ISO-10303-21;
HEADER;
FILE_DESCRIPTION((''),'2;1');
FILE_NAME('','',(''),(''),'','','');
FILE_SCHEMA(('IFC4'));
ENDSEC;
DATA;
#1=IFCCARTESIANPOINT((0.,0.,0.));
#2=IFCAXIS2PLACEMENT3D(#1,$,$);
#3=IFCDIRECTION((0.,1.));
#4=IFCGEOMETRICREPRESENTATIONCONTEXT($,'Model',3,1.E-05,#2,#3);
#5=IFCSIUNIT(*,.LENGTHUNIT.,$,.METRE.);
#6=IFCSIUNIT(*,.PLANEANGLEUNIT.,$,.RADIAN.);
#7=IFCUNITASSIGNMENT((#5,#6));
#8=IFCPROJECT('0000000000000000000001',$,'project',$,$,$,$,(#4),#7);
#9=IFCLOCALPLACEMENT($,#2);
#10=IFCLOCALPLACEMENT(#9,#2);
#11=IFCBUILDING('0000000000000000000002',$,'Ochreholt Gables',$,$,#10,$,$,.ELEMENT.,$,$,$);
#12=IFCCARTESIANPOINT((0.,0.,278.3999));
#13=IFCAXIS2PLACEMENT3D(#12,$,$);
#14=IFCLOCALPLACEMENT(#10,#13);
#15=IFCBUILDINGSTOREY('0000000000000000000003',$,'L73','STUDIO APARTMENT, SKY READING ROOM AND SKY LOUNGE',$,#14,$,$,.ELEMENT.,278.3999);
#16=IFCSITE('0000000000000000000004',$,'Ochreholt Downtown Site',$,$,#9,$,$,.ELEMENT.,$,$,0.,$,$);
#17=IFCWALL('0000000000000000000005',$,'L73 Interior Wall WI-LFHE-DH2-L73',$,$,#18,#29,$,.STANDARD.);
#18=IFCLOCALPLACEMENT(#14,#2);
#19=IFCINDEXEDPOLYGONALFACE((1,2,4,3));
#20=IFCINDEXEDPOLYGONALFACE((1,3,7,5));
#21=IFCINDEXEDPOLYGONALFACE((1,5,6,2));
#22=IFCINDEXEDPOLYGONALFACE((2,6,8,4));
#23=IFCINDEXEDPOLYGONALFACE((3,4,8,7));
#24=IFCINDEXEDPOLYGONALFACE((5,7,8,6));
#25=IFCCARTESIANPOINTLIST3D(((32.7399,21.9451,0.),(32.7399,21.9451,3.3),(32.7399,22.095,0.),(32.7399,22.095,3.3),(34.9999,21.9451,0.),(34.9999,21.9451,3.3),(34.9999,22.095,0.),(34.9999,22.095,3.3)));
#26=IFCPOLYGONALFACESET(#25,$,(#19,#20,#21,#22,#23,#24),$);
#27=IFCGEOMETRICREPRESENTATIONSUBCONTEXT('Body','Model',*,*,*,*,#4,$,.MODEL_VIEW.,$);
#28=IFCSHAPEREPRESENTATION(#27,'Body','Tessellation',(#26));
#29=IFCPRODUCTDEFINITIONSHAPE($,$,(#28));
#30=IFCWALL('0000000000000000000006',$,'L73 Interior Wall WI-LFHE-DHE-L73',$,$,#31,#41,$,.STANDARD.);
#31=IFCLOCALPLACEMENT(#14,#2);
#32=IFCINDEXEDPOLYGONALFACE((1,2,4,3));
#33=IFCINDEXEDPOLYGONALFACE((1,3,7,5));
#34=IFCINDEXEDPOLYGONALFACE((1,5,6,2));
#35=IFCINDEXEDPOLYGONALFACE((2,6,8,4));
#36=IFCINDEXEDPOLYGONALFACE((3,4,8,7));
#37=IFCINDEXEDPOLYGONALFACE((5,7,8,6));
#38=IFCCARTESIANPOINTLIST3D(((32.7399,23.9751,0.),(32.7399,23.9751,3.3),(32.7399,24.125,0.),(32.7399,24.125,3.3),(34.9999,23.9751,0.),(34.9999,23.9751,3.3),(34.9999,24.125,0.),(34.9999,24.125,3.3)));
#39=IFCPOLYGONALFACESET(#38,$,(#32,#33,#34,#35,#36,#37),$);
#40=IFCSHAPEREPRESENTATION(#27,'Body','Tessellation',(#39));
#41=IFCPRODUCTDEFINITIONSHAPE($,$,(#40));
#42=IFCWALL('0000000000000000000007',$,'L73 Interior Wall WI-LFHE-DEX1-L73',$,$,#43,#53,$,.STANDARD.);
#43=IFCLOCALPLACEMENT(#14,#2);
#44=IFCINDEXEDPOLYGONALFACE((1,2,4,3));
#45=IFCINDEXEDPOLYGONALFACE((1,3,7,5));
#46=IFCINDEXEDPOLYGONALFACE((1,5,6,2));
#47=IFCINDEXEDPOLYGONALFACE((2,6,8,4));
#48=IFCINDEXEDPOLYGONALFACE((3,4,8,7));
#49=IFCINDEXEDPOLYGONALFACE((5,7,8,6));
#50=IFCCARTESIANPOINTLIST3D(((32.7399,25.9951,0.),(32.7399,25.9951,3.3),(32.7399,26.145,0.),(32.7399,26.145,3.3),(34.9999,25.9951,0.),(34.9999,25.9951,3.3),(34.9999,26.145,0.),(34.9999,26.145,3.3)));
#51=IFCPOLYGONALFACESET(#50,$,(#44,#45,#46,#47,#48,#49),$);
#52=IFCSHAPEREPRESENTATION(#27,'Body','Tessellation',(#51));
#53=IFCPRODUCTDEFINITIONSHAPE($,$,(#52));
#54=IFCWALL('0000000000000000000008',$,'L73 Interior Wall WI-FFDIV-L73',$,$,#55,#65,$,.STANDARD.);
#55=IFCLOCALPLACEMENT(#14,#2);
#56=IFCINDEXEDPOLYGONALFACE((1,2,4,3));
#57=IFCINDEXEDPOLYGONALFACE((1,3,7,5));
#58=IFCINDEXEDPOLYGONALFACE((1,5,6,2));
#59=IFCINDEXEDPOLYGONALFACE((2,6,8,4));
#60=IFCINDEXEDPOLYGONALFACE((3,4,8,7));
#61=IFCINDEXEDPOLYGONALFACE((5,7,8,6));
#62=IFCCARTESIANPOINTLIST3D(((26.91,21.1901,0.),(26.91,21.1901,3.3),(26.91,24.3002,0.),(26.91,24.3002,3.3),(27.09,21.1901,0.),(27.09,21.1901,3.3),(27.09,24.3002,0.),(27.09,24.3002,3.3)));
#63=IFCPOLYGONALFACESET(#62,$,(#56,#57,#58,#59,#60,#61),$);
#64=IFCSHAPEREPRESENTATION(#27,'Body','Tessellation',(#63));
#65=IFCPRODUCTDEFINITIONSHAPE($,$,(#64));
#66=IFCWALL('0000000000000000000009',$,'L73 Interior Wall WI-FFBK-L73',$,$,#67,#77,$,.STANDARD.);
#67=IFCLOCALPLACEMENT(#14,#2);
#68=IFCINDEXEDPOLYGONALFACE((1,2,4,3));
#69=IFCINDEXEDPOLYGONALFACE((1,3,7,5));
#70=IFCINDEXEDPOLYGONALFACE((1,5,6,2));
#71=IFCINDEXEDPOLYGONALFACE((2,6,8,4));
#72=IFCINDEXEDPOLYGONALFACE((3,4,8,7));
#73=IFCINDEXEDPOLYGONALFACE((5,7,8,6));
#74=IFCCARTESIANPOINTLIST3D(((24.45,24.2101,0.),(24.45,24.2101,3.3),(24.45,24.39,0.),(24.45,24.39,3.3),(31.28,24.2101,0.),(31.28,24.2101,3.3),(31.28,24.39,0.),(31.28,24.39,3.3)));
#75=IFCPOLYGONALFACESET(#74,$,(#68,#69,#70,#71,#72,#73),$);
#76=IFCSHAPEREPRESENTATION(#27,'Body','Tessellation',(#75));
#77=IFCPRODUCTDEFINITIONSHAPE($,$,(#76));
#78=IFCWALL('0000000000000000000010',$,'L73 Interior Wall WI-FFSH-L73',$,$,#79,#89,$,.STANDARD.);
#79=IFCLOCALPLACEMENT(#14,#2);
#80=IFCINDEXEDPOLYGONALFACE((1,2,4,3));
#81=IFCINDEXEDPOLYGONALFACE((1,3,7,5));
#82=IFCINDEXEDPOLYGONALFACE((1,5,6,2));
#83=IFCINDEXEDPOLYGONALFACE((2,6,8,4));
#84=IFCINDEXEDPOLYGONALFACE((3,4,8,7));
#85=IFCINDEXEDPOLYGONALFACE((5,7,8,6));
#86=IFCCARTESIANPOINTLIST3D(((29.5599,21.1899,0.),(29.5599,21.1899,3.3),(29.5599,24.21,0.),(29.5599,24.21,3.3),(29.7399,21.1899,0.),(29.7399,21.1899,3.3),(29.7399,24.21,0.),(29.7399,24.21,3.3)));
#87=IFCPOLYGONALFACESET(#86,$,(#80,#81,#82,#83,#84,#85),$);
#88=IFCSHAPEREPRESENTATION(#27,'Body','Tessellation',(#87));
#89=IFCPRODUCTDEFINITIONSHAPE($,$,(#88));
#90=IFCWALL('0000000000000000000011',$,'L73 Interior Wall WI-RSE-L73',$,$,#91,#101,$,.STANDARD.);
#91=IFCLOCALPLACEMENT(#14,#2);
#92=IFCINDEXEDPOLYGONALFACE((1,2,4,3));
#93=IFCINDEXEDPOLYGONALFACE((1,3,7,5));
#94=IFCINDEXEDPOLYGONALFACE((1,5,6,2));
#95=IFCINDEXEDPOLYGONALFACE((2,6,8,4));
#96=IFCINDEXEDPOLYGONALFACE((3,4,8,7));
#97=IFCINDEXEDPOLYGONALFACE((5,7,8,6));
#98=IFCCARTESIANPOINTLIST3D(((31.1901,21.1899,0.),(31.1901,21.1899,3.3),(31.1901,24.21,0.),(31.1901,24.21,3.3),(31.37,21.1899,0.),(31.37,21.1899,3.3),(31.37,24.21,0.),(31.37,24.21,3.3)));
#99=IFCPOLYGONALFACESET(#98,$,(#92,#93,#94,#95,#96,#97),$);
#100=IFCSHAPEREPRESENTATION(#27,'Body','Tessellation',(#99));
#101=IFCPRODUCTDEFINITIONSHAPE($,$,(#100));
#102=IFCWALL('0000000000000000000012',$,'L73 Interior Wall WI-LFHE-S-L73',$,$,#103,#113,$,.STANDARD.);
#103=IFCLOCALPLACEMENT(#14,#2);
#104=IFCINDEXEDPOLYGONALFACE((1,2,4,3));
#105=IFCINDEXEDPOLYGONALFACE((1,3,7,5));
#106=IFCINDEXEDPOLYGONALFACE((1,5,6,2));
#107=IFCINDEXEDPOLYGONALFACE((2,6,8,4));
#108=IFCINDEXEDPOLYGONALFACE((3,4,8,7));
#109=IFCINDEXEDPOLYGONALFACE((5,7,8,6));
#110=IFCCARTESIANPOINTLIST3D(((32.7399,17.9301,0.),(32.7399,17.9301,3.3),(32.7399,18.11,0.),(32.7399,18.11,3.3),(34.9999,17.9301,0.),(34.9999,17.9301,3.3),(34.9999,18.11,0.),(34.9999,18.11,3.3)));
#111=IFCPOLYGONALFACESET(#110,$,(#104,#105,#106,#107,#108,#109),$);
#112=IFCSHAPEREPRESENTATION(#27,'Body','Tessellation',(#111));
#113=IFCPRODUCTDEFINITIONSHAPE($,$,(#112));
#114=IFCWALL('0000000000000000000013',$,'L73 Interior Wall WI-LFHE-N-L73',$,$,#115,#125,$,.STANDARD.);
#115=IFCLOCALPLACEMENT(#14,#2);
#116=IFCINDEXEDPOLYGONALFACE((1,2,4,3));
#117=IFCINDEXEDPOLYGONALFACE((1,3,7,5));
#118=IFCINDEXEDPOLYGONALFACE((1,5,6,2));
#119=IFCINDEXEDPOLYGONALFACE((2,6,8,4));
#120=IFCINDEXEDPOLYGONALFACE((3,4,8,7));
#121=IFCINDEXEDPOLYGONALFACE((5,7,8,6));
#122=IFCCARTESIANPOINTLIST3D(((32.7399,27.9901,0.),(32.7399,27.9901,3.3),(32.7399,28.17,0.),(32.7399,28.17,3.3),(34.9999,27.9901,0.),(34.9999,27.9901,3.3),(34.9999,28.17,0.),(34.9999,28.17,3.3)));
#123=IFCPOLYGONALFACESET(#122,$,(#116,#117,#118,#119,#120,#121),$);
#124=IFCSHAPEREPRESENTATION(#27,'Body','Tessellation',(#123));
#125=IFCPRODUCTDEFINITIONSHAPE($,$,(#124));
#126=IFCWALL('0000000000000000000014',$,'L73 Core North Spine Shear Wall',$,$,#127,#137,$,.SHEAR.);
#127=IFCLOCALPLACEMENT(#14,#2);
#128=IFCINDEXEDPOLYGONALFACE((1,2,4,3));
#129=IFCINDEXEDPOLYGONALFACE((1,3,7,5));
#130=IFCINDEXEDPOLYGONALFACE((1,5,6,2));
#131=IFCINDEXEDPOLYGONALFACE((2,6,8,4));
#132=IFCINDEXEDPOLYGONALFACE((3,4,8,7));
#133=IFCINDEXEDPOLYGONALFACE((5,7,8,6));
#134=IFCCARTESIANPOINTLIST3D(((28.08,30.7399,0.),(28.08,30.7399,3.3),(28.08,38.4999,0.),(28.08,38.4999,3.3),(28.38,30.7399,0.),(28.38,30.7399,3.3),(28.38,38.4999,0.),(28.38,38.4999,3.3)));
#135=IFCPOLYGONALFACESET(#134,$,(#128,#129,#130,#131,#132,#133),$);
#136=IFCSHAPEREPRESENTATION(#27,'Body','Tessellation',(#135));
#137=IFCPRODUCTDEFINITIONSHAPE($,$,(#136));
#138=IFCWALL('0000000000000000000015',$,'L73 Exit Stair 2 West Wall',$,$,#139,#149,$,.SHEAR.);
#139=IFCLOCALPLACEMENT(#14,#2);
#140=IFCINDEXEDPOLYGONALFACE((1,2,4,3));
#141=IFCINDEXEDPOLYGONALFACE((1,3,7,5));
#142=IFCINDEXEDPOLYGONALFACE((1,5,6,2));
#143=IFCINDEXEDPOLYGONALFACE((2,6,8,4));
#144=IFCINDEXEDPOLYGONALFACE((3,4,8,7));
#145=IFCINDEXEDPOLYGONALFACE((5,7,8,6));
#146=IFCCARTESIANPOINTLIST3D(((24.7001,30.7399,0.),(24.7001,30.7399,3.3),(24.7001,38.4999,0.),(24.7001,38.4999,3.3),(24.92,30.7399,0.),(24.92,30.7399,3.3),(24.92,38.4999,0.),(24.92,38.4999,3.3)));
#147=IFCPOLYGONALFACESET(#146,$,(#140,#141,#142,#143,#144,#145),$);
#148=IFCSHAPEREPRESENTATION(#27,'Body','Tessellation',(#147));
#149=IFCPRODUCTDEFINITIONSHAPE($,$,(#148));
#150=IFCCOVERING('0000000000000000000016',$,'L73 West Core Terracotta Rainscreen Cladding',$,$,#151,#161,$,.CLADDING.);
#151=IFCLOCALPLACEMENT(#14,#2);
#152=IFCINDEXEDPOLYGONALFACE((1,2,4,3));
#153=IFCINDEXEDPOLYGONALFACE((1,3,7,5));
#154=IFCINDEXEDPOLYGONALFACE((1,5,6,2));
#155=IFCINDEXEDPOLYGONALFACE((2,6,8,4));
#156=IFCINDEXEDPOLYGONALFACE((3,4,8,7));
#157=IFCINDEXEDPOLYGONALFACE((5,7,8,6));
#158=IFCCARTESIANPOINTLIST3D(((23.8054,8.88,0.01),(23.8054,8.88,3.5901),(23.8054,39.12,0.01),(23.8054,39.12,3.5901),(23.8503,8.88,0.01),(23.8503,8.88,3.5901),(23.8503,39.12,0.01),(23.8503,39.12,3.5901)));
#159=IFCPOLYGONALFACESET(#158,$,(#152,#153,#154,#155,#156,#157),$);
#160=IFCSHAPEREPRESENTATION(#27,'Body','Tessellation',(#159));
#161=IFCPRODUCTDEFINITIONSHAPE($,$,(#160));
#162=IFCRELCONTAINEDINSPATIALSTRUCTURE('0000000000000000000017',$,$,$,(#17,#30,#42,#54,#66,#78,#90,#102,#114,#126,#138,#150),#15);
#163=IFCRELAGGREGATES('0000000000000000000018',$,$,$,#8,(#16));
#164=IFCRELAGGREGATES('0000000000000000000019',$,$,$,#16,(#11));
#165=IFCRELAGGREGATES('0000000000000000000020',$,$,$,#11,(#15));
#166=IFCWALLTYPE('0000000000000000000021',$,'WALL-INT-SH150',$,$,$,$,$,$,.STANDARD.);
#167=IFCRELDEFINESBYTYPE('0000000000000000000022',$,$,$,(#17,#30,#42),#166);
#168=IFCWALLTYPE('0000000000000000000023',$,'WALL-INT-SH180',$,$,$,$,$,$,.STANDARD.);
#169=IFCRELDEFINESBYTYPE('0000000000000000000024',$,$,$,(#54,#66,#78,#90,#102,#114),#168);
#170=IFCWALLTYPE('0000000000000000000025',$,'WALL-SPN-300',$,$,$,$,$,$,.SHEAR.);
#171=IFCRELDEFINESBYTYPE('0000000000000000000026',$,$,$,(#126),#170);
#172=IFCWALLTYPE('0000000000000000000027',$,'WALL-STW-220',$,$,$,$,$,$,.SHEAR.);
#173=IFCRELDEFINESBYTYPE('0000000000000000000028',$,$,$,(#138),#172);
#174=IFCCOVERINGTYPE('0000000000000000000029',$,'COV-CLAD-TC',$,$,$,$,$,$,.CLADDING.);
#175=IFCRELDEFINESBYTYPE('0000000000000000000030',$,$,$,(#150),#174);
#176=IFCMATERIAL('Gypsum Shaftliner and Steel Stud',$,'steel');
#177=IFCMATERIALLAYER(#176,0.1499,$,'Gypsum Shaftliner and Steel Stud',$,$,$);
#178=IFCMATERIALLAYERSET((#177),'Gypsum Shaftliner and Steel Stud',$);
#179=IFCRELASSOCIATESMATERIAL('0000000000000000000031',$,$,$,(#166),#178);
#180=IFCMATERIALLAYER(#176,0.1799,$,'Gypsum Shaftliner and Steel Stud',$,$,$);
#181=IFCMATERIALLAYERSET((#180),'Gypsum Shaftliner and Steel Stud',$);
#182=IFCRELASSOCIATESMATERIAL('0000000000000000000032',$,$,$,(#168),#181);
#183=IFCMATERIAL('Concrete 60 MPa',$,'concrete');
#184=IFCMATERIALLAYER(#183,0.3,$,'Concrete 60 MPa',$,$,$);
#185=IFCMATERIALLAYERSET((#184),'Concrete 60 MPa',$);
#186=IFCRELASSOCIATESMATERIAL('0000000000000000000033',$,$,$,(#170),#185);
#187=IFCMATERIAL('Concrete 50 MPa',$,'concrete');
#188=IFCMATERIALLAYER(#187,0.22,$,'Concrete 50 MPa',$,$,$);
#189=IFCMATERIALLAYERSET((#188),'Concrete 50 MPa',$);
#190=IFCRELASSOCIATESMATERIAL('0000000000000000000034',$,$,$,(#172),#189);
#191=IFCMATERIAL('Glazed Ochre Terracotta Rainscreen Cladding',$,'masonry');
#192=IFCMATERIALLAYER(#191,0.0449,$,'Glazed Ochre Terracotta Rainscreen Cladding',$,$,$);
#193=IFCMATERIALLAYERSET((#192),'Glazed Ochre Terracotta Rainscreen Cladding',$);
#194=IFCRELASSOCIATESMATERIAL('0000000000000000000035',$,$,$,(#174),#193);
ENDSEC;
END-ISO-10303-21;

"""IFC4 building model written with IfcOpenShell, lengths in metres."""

from ifc_helpers import new_model, si_unit, direction, frame, frame_2d, origin, origin_2d, place, context, subcontext, project, spatial, rectangle, extrude, material, layer, layer_set, type_object, element, save


model = new_model("IFC4")

# Units and contexts
model_context = context("Model", 3, precision=1e-05, world=origin(), true_north=direction((0.0, 1.0)))
body_context = subcontext(model_context, "Body", "Model", "MODEL_VIEW")
ifc_project = project(units=[si_unit("LENGTHUNIT", "METRE"), si_unit("PLANEANGLEUNIT", "RADIAN")], contexts=[model_context])

# Site, building, storey
site_placement = place(None, origin())
site = spatial("IfcSite", under=ifc_project, at=site_placement, Name="Ochreholt Downtown Site", CompositionType="ELEMENT", RefElevation=0.0)
building_placement = place(site_placement, origin())
building = spatial("IfcBuilding", under=site, at=building_placement, Name="Ochreholt Gables", CompositionType="ELEMENT")
storey_placement = place(building_placement, frame((0.0, 0.0, 278.3999)))
storey = spatial("IfcBuildingStorey", under=building, at=storey_placement, Name="L73", Description="STUDIO APARTMENT, SKY READING ROOM AND SKY LOUNGE", CompositionType="ELEMENT", Elevation=278.3999)

# Shared definitions
ifc_material_1 = material(Name="Concrete 50 MPa", Category="concrete")

# Walls
ifc_material_2 = material(Name="Gypsum Shaftliner and Steel Stud", Category="steel")
ifc_layer_1 = layer(ifc_material_2, 0.1499, Name="Gypsum Shaftliner and Steel Stud")
ifc_layer_set_1 = layer_set([ifc_layer_1], Name="Gypsum Shaftliner and Steel Stud")
wall_type_1 = type_object("IfcWallType", Name="WALL-INT-SH150", PredefinedType="STANDARD", material=ifc_layer_set_1)
for number, where, z_axis, x_axis, name in (
    (1, (32.74, 22.02, 0.0), (0.0, 0.0, 1.0), (1.0, 0.0, 0.0), "L73 Interior Wall WI-LFHE-DH2-L73"),
    (2, (32.74, 24.05, 0.0), (0.0, 0.0, 1.0), (1.0, 0.0, 0.0), "L73 Interior Wall WI-LFHE-DHE-L73"),
    (3, (32.74, 26.0701, 0.0), (0.0, 0.0, 1.0), (1.0, 0.0, 0.0), "L73 Interior Wall WI-LFHE-DEX1-L73"),
):
    element("IfcWall", number, at=place(storey_placement, frame(where, z_axis=z_axis, x_axis=x_axis)), inside=storey, type_object=wall_type_1, Name=name, PredefinedType="STANDARD", context=body_context, shape_type="SweptSolid", body=[
        extrude(rectangle(XDim=2.26, YDim=0.1499, at=frame_2d((1.1299, 0.0))), origin(), (0.0, 0.0, 1.0), 3.3),
    ])
ifc_layer_2 = layer(ifc_material_2, 0.1799, Name="Gypsum Shaftliner and Steel Stud")
ifc_layer_set_2 = layer_set([ifc_layer_2], Name="Gypsum Shaftliner and Steel Stud")
wall_type_2 = type_object("IfcWallType", Name="WALL-INT-SH180", PredefinedType="STANDARD", material=ifc_layer_set_2)
wall_1_placement = place(storey_placement, frame((27.0, 21.1899, 0.0), z_axis=(0.0, 0.0, 1.0), x_axis=(0.0, 1.0, 0.0)))
element("IfcWall", 4, at=wall_1_placement, inside=storey, type_object=wall_type_2, Name="L73 Interior Wall WI-FFDIV-L73", PredefinedType="STANDARD", context=body_context, shape_type="SweptSolid", body=[
    extrude(rectangle(XDim=3.1101, YDim=0.1799, at=frame_2d((1.5552, 0.0))), origin(), (0.0, 0.0, 1.0), 3.3),
])
wall_2_placement = place(storey_placement, frame((24.45, 24.3, 0.0), z_axis=(0.0, 0.0, 1.0), x_axis=(1.0, 0.0, 0.0)))
element("IfcWall", 5, at=wall_2_placement, inside=storey, type_object=wall_type_2, Name="L73 Interior Wall WI-FFBK-L73", PredefinedType="STANDARD", context=body_context, shape_type="SweptSolid", body=[
    extrude(rectangle(XDim=6.8301, YDim=0.1799, at=frame_2d((3.415, 0.0))), origin(), (0.0, 0.0, 1.0), 3.3),
])
for number, where, z_axis, x_axis, name in (
    (6, (29.6499, 21.1899, 0.0), (0.0, 0.0, 1.0), (0.0, 1.0, 0.0), "L73 Interior Wall WI-FFSH-L73"),
    (7, (31.28, 21.1899, 0.0), (0.0, 0.0, 1.0), (0.0, 1.0, 0.0), "L73 Interior Wall WI-RSE-L73"),
):
    element("IfcWall", number, at=place(storey_placement, frame(where, z_axis=z_axis, x_axis=x_axis)), inside=storey, type_object=wall_type_2, Name=name, PredefinedType="STANDARD", context=body_context, shape_type="SweptSolid", body=[
        extrude(rectangle(XDim=3.02, YDim=0.1799, at=frame_2d((1.51, 0.0))), origin(), (0.0, 0.0, 1.0), 3.3),
    ])
for number, where, z_axis, x_axis, name in (
    (8, (32.74, 18.02, 0.0), (0.0, 0.0, 1.0), (1.0, 0.0, 0.0), "L73 Interior Wall WI-LFHE-S-L73"),
    (9, (32.74, 28.0801, 0.0), (0.0, 0.0, 1.0), (1.0, 0.0, 0.0), "L73 Interior Wall WI-LFHE-N-L73"),
):
    element("IfcWall", number, at=place(storey_placement, frame(where, z_axis=z_axis, x_axis=x_axis)), inside=storey, type_object=wall_type_2, Name=name, PredefinedType="STANDARD", context=body_context, shape_type="SweptSolid", body=[
        extrude(rectangle(XDim=2.26, YDim=0.1799, at=frame_2d((1.1299, 0.0))), origin(), (0.0, 0.0, 1.0), 3.3),
    ])
ifc_material_3 = material(Name="Concrete 60 MPa", Category="concrete")
ifc_layer_3 = layer(ifc_material_3, 0.3, Name="Concrete 60 MPa")
ifc_layer_set_3 = layer_set([ifc_layer_3], Name="Concrete 60 MPa")
wall_type_3 = type_object("IfcWallType", Name="WALL-SPN-300", PredefinedType="SHEAR", material=ifc_layer_set_3)
wall_3_placement = place(storey_placement, frame((28.23, 30.74, 0.0), z_axis=(0.0, 0.0, 1.0), x_axis=(0.0, 1.0, 0.0)))
element("IfcWall", 10, at=wall_3_placement, inside=storey, type_object=wall_type_3, Name="L73 Core North Spine Shear Wall", PredefinedType="SHEAR", context=body_context, shape_type="SweptSolid", body=[
    extrude(rectangle(XDim=7.76, YDim=0.3, at=frame_2d((3.8799, 0.0))), origin(), (0.0, 0.0, 1.0), 3.3),
])
ifc_layer_4 = layer(ifc_material_1, 0.22, Name="Concrete 50 MPa")
ifc_layer_set_4 = layer_set([ifc_layer_4], Name="Concrete 50 MPa")
wall_type_4 = type_object("IfcWallType", Name="WALL-STW-220", PredefinedType="SHEAR", material=ifc_layer_set_4)
wall_4_placement = place(storey_placement, frame((24.8101, 30.74, 0.0), z_axis=(0.0, 0.0, 1.0), x_axis=(0.0, 1.0, 0.0)))
element("IfcWall", 11, at=wall_4_placement, inside=storey, type_object=wall_type_4, Name="L73 Exit Stair 2 West Wall", PredefinedType="SHEAR", context=body_context, shape_type="SweptSolid", body=[
    extrude(rectangle(XDim=7.76, YDim=0.22, at=frame_2d((3.8799, 0.0))), origin(), (0.0, 0.0, 1.0), 3.3),
])

# Covering
ifc_material_4 = material(Name="Glazed Ochre Terracotta Rainscreen Cladding", Category="masonry")
ifc_layer_5 = layer(ifc_material_4, 0.0449, Name="Glazed Ochre Terracotta Rainscreen Cladding")
ifc_layer_set_5 = layer_set([ifc_layer_5], Name="Glazed Ochre Terracotta Rainscreen Cladding")
covering_type = type_object("IfcCoveringType", Name="COV-CLAD-TC", PredefinedType="CLADDING", material=ifc_layer_set_5)
covering_placement = place(storey_placement, frame((23.8279, 24.0, 0.01), z_axis=(0.0, 0.0, 1.0), x_axis=(0.0, 1.0, 0.0)))
element("IfcCovering", 12, at=covering_placement, inside=storey, type_object=covering_type, Name="L73 West Core Terracotta Rainscreen Cladding", PredefinedType="CLADDING", context=body_context, shape_type="SweptSolid", body=[
    extrude(rectangle(XDim=30.24, YDim=0.0449, at=origin_2d()), origin(), (0.0, 0.0, 1.0), 3.5801),
])

save(model, "model.ifc")
